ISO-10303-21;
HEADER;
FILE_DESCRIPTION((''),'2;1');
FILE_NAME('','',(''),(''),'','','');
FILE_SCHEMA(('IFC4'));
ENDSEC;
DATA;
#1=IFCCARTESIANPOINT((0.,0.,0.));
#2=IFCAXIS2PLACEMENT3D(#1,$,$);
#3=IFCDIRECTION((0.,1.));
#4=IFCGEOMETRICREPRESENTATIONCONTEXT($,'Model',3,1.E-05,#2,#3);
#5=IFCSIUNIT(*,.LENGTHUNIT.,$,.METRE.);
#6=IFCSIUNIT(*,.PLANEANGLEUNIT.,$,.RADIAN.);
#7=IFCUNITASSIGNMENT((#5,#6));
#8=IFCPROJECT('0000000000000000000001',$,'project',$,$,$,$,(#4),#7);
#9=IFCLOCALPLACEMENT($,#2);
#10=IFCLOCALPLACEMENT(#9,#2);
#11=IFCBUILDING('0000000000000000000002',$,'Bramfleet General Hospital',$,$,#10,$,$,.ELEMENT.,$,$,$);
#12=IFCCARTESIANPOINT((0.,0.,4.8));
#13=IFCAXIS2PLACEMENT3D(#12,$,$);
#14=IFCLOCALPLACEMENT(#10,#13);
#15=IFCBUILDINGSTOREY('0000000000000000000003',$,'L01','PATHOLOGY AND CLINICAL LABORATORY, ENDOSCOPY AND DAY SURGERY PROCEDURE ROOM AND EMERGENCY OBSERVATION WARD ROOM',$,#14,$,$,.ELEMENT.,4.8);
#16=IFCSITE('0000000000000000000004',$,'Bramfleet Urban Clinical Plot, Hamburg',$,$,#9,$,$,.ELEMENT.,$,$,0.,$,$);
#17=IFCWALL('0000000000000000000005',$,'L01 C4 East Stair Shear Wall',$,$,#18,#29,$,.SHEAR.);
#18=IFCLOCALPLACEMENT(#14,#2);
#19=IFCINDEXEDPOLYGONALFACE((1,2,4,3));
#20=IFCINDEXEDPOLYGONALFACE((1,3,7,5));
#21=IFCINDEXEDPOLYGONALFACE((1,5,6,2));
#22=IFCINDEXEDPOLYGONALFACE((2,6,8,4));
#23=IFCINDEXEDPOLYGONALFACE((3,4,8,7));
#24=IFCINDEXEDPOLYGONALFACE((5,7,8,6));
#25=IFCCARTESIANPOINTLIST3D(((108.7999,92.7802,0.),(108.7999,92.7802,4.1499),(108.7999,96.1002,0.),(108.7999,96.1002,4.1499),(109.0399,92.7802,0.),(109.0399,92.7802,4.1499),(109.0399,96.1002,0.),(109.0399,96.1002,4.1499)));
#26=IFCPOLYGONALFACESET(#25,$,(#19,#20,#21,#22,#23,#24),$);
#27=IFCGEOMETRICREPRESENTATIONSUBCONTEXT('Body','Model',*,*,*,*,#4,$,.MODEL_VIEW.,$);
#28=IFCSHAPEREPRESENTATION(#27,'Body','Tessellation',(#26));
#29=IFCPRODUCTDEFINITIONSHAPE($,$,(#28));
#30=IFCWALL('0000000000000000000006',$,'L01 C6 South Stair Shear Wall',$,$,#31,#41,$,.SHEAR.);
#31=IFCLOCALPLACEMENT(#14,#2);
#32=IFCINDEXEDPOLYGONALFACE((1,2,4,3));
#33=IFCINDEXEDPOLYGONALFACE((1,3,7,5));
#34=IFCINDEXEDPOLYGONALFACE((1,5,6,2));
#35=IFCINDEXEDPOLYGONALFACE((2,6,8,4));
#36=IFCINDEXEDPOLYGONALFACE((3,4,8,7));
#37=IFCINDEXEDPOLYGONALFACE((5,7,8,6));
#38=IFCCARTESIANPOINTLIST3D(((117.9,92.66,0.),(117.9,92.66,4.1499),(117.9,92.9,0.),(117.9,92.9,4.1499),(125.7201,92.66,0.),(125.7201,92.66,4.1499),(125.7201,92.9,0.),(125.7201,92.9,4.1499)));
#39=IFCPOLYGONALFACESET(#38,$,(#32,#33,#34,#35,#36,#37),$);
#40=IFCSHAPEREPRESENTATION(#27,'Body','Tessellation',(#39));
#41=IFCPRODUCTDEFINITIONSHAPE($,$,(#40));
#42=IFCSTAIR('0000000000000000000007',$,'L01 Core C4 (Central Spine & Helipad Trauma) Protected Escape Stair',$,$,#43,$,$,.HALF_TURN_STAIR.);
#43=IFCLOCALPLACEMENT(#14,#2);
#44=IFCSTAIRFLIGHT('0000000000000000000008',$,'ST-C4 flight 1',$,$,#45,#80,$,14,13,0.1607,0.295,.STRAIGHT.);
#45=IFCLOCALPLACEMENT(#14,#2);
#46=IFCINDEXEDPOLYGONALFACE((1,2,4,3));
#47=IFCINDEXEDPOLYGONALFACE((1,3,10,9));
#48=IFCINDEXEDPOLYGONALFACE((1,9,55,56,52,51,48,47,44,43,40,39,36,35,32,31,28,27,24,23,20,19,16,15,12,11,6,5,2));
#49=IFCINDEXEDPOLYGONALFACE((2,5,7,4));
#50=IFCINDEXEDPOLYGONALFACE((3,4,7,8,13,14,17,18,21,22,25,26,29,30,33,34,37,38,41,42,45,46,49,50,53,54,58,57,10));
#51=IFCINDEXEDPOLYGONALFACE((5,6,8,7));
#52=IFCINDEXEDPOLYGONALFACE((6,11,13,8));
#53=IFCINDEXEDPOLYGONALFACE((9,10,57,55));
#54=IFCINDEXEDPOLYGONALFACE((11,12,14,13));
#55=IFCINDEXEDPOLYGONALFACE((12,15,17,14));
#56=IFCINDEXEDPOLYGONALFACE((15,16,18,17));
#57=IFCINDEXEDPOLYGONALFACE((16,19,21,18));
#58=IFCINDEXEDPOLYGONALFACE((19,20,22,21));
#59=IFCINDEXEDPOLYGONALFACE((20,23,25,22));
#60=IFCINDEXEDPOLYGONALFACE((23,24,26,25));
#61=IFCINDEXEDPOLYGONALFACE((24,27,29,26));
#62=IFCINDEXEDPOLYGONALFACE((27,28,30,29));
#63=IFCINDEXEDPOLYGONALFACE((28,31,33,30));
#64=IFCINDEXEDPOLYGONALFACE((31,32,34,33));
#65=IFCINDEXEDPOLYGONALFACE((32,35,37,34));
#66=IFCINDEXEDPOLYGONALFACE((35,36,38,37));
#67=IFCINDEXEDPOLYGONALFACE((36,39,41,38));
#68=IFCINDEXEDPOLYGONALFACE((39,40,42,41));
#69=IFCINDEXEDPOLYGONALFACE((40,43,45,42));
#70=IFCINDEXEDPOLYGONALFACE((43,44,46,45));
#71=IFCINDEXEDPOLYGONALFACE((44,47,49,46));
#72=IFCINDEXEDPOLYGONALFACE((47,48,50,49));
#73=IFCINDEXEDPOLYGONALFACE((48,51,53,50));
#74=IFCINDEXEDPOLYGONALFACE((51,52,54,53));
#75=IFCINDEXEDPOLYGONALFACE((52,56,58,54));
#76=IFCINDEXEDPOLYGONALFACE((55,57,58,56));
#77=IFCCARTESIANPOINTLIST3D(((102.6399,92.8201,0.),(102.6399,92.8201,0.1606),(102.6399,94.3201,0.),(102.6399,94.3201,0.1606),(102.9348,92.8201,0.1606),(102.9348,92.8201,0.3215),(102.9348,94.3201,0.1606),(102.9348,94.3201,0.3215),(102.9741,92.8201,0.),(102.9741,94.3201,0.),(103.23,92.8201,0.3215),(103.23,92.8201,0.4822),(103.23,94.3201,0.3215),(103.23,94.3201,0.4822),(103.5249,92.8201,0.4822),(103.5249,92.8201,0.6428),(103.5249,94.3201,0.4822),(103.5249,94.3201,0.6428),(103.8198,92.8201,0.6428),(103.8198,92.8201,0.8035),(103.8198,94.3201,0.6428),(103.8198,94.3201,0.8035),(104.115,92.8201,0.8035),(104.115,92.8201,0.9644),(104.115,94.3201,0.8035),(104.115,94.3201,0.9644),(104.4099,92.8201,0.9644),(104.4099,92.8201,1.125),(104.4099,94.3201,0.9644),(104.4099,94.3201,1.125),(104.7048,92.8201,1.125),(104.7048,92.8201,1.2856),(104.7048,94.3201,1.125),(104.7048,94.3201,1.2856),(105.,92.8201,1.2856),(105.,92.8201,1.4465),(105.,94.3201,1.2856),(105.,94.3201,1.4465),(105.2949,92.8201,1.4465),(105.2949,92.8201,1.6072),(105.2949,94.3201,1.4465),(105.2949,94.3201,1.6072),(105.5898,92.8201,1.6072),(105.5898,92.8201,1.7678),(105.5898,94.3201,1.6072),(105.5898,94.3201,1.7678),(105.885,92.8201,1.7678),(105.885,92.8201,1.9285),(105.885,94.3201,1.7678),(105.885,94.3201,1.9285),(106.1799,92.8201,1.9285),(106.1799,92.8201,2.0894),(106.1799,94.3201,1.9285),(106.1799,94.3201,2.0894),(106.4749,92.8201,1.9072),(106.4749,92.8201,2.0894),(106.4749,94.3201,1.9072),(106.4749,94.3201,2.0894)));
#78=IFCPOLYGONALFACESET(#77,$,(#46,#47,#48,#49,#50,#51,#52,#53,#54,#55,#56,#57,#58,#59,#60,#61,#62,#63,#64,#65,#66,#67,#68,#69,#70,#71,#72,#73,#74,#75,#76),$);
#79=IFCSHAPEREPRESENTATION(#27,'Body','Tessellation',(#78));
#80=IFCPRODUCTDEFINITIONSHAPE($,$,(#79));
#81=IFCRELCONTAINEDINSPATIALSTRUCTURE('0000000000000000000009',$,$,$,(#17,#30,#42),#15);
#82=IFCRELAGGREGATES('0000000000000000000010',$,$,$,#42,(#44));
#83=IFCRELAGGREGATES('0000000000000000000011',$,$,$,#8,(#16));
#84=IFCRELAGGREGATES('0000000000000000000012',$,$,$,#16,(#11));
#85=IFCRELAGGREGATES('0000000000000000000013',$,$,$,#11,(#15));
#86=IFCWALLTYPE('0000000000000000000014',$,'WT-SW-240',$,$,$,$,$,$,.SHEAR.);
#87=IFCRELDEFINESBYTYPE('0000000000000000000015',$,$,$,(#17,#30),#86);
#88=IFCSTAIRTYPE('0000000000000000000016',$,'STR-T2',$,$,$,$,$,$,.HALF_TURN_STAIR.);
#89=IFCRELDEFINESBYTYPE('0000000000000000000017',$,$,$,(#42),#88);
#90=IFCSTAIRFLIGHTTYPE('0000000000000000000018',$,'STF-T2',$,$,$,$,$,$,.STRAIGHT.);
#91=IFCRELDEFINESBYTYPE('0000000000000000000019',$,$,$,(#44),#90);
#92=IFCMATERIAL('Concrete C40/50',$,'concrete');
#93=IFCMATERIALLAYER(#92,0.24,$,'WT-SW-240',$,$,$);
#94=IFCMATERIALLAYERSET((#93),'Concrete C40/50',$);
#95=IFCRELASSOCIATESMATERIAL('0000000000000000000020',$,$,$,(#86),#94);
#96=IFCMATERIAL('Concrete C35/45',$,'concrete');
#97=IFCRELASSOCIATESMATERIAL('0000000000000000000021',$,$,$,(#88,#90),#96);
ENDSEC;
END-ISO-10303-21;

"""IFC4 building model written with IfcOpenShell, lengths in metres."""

from ifc_helpers import new_model, si_unit, direction, frame, frame_2d, origin, place, context, subcontext, project, spatial, polyline, rectangle, outline, extrude, material, layer, layer_set, type_object, element, aggregate, save


model = new_model("IFC4")

# Units and contexts
model_context = context("Model", 3, precision=1e-05, world=origin(), true_north=direction((0.0, 1.0)))
body_context = subcontext(model_context, "Body", "Model", "MODEL_VIEW")
ifc_project = project(units=[si_unit("LENGTHUNIT", "METRE"), si_unit("PLANEANGLEUNIT", "RADIAN")], contexts=[model_context])

# Site, building, storey
site_placement = place(None, origin())
site = spatial("IfcSite", under=ifc_project, at=site_placement, Name="Bramfleet Urban Clinical Plot, Hamburg", CompositionType="ELEMENT", RefElevation=0.0)
building_placement = place(site_placement, origin())
building = spatial("IfcBuilding", under=site, at=building_placement, Name="Bramfleet General Hospital", CompositionType="ELEMENT")
storey_placement = place(building_placement, frame((0.0, 0.0, 4.8)))
storey = spatial("IfcBuildingStorey", under=building, at=storey_placement, Name="L01", Description="PATHOLOGY AND CLINICAL LABORATORY, ENDOSCOPY AND DAY SURGERY PROCEDURE ROOM AND EMERGENCY OBSERVATION WARD ROOM", CompositionType="ELEMENT", Elevation=4.8)

# Shared definitions
ifc_material_1 = material(Name="Concrete C40/50", Category="concrete")

# Shared definitions
ifc_material_2 = material(Name="Concrete C35/45", Category="concrete")

# Walls
ifc_layer_1 = layer(ifc_material_1, 0.24, Name="WT-SW-240")
ifc_layer_set_1 = layer_set([ifc_layer_1], Name="Concrete C40/50")
wall_type_1 = type_object("IfcWallType", Name="WT-SW-240", PredefinedType="SHEAR", material=ifc_layer_set_1)
wall_1_placement = place(storey_placement, frame((108.9199, 92.78, 0.0), z_axis=(0.0, 0.0, 1.0), x_axis=(0.0, 1.0, 0.0)))
element("IfcWall", 1, at=wall_1_placement, inside=storey, type_object=wall_type_1, Name="L01 C4 East Stair Shear Wall", PredefinedType="SHEAR", context=body_context, shape_type="SweptSolid", body=[
    extrude(rectangle(XDim=3.3201, YDim=0.24, at=frame_2d((1.6602, 0.0))), origin(), (0.0, 0.0, 1.0), 4.1499),
])
wall_2_placement = place(storey_placement, frame((117.8999, 92.78, 0.0), z_axis=(0.0, 0.0, 1.0), x_axis=(1.0, 0.0, 0.0)))
element("IfcWall", 2, at=wall_2_placement, inside=storey, type_object=wall_type_1, Name="L01 C6 South Stair Shear Wall", PredefinedType="SHEAR", context=body_context, shape_type="SweptSolid", body=[
    extrude(rectangle(XDim=7.8201, YDim=0.24, at=frame_2d((3.9102, 0.0))), origin(), (0.0, 0.0, 1.0), 4.1499),
])

# Stair, stair flight
stair_type = type_object("IfcStairType", Name="STR-T2", PredefinedType="HALF_TURN_STAIR", material=ifc_material_2)
stair_placement = place(storey_placement, origin())
stair = element("IfcStair", 3, at=stair_placement, inside=storey, type_object=stair_type, Name="L01 Core C4 (Central Spine & Helipad Trauma) Protected Escape Stair", PredefinedType="HALF_TURN_STAIR")
stair_flight_type = type_object("IfcStairFlightType", Name="STF-T2", PredefinedType="STRAIGHT", material=ifc_material_2)
stair_flight_placement = place(storey_placement, frame((102.6399, 93.5701, 0.0), z_axis=(0.0, 0.0, 1.0), x_axis=(1.0, 0.0, 0.0)))
stair_flight = element("IfcStairFlight", 4, at=stair_flight_placement, type_object=stair_flight_type, Name="ST-C4 flight 1", NumberOfRisers=14, NumberOfTreads=13, PredefinedType="STRAIGHT", RiserHeight=0.1607, TreadLength=0.295, context=body_context, shape_type="SweptSolid", body=[
    extrude(outline(polyline([(0.0, 0.0), (0.0, 0.1606), (0.2949, 0.1606), (0.2949, 0.3215), (0.5901, 0.3215), (0.5901, 0.4822), (0.885, 0.4822), (0.885, 0.6428), (1.1799, 0.6428), (1.1799, 0.8035), (1.4751, 0.8035), (1.4751, 0.9644), (1.77, 0.9644), (1.77, 1.125), (2.0649, 1.125), (2.0649, 1.2856), (2.3601, 1.2856), (2.3601, 1.4465), (2.655, 1.4465), (2.655, 1.6072), (2.95, 1.6072), (2.95, 1.7678), (3.2451, 1.7678), (3.2451, 1.9285), (3.54, 1.9285), (3.54, 2.0894), (3.835, 2.0894), (3.835, 2.25), (3.835, 1.9072), (0.3342, 0.0), (0.0, 0.0)])), frame((0.0, 0.75, 0.0), z_axis=(0.0, -1.0, 0.0), x_axis=(1.0, 0.0, 0.0)), (0.0, 0.0, 1.0), 1.5),
])
aggregate(stair, [stair_flight])

save(model, "model.ifc")
